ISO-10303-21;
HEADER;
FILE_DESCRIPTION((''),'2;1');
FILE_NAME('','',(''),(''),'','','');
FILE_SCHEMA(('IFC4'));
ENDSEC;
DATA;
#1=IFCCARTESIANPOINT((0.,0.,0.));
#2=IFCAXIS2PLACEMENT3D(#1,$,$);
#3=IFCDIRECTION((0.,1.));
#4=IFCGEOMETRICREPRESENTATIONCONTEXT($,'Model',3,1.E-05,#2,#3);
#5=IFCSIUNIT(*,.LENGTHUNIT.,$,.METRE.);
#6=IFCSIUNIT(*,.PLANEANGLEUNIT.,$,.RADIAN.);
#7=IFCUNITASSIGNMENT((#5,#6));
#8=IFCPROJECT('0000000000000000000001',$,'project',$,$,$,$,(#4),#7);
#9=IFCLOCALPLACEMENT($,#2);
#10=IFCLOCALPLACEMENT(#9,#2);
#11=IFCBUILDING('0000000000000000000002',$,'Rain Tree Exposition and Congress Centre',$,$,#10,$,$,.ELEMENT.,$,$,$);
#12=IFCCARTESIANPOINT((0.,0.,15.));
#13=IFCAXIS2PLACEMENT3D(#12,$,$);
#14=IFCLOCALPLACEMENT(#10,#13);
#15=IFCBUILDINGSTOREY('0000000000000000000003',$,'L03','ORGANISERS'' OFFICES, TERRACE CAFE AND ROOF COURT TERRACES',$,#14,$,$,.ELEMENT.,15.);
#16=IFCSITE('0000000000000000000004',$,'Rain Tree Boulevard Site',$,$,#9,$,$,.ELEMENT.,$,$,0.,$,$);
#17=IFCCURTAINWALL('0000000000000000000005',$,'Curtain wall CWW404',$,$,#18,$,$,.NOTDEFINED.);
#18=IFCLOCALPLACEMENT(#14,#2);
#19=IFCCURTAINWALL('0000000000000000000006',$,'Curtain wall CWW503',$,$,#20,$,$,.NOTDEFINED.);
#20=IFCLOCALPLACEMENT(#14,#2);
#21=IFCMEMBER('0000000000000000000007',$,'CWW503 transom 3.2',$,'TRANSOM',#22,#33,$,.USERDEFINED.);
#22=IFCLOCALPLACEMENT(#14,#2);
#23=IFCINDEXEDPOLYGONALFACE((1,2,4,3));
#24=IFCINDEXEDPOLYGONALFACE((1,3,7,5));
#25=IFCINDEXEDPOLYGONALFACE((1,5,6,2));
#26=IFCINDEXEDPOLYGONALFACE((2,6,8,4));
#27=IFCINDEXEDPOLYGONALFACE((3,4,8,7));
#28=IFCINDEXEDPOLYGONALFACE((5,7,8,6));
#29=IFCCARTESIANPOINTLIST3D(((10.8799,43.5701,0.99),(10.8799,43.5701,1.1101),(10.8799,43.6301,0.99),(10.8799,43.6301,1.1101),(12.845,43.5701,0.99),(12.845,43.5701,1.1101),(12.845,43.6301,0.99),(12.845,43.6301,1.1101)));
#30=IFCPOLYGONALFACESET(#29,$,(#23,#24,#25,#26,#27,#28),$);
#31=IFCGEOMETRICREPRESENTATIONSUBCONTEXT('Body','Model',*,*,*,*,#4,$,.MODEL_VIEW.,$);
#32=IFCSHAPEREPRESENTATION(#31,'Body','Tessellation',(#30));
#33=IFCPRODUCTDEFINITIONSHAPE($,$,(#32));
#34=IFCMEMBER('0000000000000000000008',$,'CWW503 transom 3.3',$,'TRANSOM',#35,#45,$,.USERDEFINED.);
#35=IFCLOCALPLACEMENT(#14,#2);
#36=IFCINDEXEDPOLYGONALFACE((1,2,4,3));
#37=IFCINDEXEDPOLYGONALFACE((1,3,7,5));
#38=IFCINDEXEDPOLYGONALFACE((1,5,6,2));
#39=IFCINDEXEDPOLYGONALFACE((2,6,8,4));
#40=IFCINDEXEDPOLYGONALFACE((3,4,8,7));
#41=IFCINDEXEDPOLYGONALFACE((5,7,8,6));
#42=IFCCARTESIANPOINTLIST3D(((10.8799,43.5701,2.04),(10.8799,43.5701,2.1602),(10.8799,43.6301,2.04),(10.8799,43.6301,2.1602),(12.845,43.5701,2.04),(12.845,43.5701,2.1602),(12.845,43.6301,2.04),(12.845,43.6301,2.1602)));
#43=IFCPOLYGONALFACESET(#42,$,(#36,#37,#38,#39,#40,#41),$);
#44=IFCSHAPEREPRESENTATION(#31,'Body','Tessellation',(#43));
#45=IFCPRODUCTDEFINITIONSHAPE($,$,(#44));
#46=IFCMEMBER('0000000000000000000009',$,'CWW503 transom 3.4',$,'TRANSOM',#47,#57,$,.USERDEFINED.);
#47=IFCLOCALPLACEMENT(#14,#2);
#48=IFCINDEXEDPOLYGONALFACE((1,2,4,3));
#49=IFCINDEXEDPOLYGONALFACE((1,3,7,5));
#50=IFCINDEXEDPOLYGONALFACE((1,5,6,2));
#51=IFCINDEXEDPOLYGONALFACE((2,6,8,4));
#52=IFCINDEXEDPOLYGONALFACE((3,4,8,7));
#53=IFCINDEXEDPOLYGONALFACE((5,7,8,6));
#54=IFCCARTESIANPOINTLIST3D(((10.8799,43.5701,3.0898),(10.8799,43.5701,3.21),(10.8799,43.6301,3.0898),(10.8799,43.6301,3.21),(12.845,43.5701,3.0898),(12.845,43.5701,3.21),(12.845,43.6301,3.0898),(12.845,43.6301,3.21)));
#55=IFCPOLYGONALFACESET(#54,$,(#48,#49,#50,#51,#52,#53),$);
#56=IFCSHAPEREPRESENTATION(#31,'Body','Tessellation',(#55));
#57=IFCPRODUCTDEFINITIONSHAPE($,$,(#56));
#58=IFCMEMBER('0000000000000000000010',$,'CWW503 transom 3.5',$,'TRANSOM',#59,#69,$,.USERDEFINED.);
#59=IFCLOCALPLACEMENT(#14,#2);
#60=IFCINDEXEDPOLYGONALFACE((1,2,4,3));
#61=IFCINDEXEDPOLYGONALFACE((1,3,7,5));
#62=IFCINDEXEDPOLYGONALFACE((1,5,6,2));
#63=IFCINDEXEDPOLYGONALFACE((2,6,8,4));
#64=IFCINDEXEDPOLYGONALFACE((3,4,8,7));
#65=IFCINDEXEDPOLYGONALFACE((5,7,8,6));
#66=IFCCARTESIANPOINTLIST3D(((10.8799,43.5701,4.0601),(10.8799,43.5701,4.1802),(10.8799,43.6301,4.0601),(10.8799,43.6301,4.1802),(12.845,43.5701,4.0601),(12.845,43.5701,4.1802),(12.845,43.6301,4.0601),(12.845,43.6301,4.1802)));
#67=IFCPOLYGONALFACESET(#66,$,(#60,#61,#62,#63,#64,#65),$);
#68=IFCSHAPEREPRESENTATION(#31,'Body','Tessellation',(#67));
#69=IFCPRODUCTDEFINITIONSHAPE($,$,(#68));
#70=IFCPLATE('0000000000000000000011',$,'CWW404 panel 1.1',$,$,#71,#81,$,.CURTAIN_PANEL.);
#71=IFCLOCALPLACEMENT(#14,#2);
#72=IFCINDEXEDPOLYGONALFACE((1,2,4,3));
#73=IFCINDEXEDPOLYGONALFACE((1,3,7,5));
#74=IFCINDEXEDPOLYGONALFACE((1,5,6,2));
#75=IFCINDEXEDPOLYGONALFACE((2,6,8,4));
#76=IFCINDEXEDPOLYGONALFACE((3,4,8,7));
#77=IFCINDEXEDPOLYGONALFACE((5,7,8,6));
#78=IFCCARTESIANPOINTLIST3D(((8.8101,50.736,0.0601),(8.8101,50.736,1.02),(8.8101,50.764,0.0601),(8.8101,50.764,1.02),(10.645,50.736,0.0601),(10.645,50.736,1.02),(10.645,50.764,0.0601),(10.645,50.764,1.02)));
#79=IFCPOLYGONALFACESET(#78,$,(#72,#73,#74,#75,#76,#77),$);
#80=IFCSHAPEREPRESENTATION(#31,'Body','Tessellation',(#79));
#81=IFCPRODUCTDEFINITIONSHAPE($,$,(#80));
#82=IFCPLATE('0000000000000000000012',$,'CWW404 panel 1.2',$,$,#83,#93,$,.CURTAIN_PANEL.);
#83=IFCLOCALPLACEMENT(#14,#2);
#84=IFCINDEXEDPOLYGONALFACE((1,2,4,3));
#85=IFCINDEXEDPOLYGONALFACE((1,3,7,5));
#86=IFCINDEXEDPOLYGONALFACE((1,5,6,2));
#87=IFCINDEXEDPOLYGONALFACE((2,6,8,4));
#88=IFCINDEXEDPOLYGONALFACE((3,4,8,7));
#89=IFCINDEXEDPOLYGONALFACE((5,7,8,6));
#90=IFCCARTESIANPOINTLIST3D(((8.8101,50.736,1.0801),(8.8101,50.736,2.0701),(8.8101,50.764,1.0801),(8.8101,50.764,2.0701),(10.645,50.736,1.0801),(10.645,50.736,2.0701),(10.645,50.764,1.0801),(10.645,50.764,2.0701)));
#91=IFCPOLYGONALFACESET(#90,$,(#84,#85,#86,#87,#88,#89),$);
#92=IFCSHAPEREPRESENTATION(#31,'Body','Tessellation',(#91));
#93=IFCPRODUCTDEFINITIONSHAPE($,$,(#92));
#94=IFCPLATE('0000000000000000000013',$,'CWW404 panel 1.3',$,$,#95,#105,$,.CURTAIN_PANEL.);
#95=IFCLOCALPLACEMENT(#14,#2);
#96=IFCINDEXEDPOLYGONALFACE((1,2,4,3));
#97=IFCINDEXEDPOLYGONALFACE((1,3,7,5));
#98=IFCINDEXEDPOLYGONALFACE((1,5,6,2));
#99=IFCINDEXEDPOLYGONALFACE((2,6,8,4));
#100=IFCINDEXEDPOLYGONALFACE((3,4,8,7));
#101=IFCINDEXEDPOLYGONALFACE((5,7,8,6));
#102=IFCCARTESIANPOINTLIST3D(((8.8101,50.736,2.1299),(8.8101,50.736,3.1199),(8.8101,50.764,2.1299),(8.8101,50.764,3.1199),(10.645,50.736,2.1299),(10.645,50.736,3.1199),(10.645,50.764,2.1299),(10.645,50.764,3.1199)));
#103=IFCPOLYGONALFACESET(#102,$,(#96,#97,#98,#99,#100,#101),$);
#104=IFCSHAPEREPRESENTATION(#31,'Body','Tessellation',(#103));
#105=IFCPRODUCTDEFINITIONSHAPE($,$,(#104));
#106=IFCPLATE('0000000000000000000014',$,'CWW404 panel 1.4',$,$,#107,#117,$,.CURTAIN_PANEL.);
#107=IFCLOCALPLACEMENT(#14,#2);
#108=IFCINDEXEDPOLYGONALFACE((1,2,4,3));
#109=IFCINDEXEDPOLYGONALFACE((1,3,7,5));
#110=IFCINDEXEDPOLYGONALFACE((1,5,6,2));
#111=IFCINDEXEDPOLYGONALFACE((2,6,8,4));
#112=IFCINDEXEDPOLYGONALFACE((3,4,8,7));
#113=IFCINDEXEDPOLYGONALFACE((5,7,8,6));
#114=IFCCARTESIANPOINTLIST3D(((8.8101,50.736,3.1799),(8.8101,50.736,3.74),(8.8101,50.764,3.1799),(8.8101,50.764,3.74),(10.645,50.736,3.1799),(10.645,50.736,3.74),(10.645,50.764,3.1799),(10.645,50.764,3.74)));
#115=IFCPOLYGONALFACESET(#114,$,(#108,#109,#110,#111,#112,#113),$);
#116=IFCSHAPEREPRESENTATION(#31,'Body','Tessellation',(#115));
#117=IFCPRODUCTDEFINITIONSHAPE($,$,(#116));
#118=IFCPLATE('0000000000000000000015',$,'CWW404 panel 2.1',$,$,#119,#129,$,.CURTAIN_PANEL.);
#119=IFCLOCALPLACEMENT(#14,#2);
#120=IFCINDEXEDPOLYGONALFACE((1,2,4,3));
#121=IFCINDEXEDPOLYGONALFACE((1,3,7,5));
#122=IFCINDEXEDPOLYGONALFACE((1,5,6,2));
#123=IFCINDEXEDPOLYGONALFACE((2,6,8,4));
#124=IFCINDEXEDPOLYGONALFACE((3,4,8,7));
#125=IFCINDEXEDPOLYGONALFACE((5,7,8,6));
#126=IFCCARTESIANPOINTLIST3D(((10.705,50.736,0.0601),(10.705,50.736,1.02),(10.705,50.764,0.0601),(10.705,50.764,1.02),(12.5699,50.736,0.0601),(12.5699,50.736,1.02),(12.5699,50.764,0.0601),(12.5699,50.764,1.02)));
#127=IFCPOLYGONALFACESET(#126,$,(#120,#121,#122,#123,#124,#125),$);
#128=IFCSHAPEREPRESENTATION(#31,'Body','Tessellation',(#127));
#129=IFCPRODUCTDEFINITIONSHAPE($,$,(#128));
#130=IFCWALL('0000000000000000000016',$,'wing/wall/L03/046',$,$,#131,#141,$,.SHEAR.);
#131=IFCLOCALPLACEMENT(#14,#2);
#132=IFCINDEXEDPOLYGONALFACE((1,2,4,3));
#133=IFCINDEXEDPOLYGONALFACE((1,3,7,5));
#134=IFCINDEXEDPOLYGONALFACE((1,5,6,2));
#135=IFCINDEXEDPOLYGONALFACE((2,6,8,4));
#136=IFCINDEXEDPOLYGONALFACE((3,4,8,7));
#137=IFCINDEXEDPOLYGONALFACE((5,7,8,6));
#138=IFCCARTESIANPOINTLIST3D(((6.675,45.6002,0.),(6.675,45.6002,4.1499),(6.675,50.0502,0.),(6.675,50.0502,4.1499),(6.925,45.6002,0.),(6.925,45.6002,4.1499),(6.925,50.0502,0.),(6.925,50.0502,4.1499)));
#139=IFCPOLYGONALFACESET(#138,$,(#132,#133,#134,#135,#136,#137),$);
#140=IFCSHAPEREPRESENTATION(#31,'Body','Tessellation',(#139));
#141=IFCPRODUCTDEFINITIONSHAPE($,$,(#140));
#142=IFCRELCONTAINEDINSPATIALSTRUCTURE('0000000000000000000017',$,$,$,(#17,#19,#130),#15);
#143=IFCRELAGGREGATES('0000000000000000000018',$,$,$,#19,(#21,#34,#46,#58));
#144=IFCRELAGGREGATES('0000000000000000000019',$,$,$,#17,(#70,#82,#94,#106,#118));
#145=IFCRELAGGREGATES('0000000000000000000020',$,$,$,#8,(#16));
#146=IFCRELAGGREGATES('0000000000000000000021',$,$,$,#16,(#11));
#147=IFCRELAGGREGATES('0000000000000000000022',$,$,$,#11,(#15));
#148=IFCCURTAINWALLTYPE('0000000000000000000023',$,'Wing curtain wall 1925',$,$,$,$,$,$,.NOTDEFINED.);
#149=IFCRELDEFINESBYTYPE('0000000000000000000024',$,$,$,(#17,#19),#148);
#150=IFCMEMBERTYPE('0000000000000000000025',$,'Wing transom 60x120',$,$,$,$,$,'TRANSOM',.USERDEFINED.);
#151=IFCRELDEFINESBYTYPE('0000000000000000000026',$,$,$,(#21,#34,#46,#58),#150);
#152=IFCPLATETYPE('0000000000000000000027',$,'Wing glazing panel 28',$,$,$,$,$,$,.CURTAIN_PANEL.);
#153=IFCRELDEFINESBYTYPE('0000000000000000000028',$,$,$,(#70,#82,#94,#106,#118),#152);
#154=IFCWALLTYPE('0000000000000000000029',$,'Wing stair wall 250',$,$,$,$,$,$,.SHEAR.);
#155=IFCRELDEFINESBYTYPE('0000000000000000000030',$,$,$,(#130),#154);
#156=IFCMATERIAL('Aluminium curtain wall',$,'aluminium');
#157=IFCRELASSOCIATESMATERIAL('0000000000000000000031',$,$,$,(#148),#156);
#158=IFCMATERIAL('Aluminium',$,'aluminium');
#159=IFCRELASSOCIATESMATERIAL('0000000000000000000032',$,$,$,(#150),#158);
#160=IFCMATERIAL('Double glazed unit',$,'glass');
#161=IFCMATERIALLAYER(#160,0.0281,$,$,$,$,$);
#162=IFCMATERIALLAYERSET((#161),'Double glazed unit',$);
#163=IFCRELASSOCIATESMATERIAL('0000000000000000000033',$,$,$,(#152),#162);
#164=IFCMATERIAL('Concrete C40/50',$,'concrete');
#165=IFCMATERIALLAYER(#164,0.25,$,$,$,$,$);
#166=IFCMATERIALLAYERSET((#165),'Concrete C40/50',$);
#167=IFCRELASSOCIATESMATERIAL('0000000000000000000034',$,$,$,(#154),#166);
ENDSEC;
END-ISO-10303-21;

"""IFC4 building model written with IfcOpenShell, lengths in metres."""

from ifc_helpers import new_model, si_unit, direction, frame, frame_2d, origin, origin_2d, place, context, subcontext, project, spatial, rectangle, extrude, material, layer, layer_set, material_profile, profile_set, type_object, element, aggregate, save


model = new_model("IFC4")

# Units and contexts
model_context = context("Model", 3, precision=1e-05, world=origin(), true_north=direction((0.0, 1.0)))
body_context = subcontext(model_context, "Body", "Model", "MODEL_VIEW")
ifc_project = project(units=[si_unit("LENGTHUNIT", "METRE"), si_unit("PLANEANGLEUNIT", "RADIAN")], contexts=[model_context])

# Site, building, storey
site_placement = place(None, origin())
site = spatial("IfcSite", under=ifc_project, at=site_placement, Name="Rain Tree Boulevard Site", CompositionType="ELEMENT", RefElevation=0.0)
building_placement = place(site_placement, origin())
building = spatial("IfcBuilding", under=site, at=building_placement, Name="Rain Tree Exposition and Congress Centre", CompositionType="ELEMENT")
storey_placement = place(building_placement, frame((0.0, 0.0, 15.0)))
storey = spatial("IfcBuildingStorey", under=building, at=storey_placement, Name="L03", Description="ORGANISERS' OFFICES, TERRACE CAFE AND ROOF COURT TERRACES", CompositionType="ELEMENT", Elevation=15.0)

# Curtain walls, members
ifc_material_1 = material(Name="Aluminium curtain wall", Category="aluminium")
curtain_wall_type = type_object("IfcCurtainWallType", Name="Wing curtain wall 1925", PredefinedType="NOTDEFINED", material=ifc_material_1)
curtain_wall_1_placement = place(storey_placement, origin())
curtain_wall_1 = element("IfcCurtainWall", 1, at=curtain_wall_1_placement, inside=storey, type_object=curtain_wall_type, Name="Curtain wall CWW404", PredefinedType="NOTDEFINED")
ifc_material_2 = material(Name="Aluminium", Category="aluminium")
ifc_material_profile_1 = material_profile(ifc_material_2, rectangle(XDim=0.0601, YDim=0.1201, at=origin_2d()), Name="Aluminium 60x120")
ifc_profile_set_1 = profile_set([ifc_material_profile_1], Name="Aluminium")
member_type_1 = type_object("IfcMemberType", Name="Wing transom 60x120", ElementType="TRANSOM", PredefinedType="USERDEFINED", material=ifc_profile_set_1)
curtain_wall_2_placement = place(storey_placement, origin())
curtain_wall_2 = element("IfcCurtainWall", 2, at=curtain_wall_2_placement, inside=storey, type_object=curtain_wall_type, Name="Curtain wall CWW503", PredefinedType="NOTDEFINED")
member_1_placement = place(storey_placement, frame((10.8799, 43.6001, 1.05), z_axis=(1.0, 0.0, 0.0), x_axis=(0.0, 1.0, 0.0)))
member_1 = element("IfcMember", 3, at=member_1_placement, type_object=member_type_1, Name="CWW503 transom 3.2", ObjectType="TRANSOM", PredefinedType="USERDEFINED", context=body_context, shape_type="SweptSolid", body=[
    extrude(rectangle(XDim=0.0601, YDim=0.1201, at=origin_2d()), origin(), (0.0, 0.0, 1.0), 1.9651),
])
member_2_placement = place(storey_placement, frame((10.8799, 43.6001, 2.1001), z_axis=(1.0, 0.0, 0.0), x_axis=(0.0, 1.0, 0.0)))
member_2 = element("IfcMember", 4, at=member_2_placement, type_object=member_type_1, Name="CWW503 transom 3.3", ObjectType="TRANSOM", PredefinedType="USERDEFINED", context=body_context, shape_type="SweptSolid", body=[
    extrude(rectangle(XDim=0.0601, YDim=0.1201, at=origin_2d()), origin(), (0.0, 0.0, 1.0), 1.9651),
])
member_3_placement = place(storey_placement, frame((10.8799, 43.6001, 3.1499), z_axis=(1.0, 0.0, 0.0), x_axis=(0.0, 1.0, 0.0)))
member_3 = element("IfcMember", 5, at=member_3_placement, type_object=member_type_1, Name="CWW503 transom 3.4", ObjectType="TRANSOM", PredefinedType="USERDEFINED", context=body_context, shape_type="SweptSolid", body=[
    extrude(rectangle(XDim=0.0601, YDim=0.1201, at=origin_2d()), origin(), (0.0, 0.0, 1.0), 1.9651),
])
member_4_placement = place(storey_placement, frame((10.8799, 43.6001, 4.1201), z_axis=(1.0, 0.0, 0.0), x_axis=(0.0, 1.0, 0.0)))
member_4 = element("IfcMember", 6, at=member_4_placement, type_object=member_type_1, Name="CWW503 transom 3.5", ObjectType="TRANSOM", PredefinedType="USERDEFINED", context=body_context, shape_type="SweptSolid", body=[
    extrude(rectangle(XDim=0.0601, YDim=0.1201, at=origin_2d()), origin(), (0.0, 0.0, 1.0), 1.9651),
])
aggregate(curtain_wall_2, [member_1, member_2, member_3, member_4])

# Plates
ifc_material_3 = material(Name="Double glazed unit", Category="glass")
ifc_layer_1 = layer(ifc_material_3, 0.0281)
ifc_layer_set_1 = layer_set([ifc_layer_1], Name="Double glazed unit")
plate_type = type_object("IfcPlateType", Name="Wing glazing panel 28", PredefinedType="CURTAIN_PANEL", material=ifc_layer_set_1)
plate_1_placement = place(storey_placement, frame((9.7275, 50.75, 0.0601), z_axis=(0.0, 0.0, 1.0), x_axis=(1.0, 0.0, 0.0)))
plate_1 = element("IfcPlate", 7, at=plate_1_placement, type_object=plate_type, Name="CWW404 panel 1.1", PredefinedType="CURTAIN_PANEL", context=body_context, shape_type="SweptSolid", body=[
    extrude(rectangle(XDim=1.835, YDim=0.0281, at=origin_2d()), origin(), (0.0, 0.0, 1.0), 0.96),
])
plate_2_placement = place(storey_placement, frame((9.7275, 50.75, 1.0801), z_axis=(0.0, 0.0, 1.0), x_axis=(1.0, 0.0, 0.0)))
plate_2 = element("IfcPlate", 8, at=plate_2_placement, type_object=plate_type, Name="CWW404 panel 1.2", PredefinedType="CURTAIN_PANEL", context=body_context, shape_type="SweptSolid", body=[
    extrude(rectangle(XDim=1.835, YDim=0.0281, at=origin_2d()), origin(), (0.0, 0.0, 1.0), 0.99),
])
plate_3_placement = place(storey_placement, frame((9.7275, 50.75, 2.1299), z_axis=(0.0, 0.0, 1.0), x_axis=(1.0, 0.0, 0.0)))
plate_3 = element("IfcPlate", 9, at=plate_3_placement, type_object=plate_type, Name="CWW404 panel 1.3", PredefinedType="CURTAIN_PANEL", context=body_context, shape_type="SweptSolid", body=[
    extrude(rectangle(XDim=1.835, YDim=0.0281, at=origin_2d()), origin(), (0.0, 0.0, 1.0), 0.99),
])
plate_4_placement = place(storey_placement, frame((9.7275, 50.75, 3.1799), z_axis=(0.0, 0.0, 1.0), x_axis=(1.0, 0.0, 0.0)))
plate_4 = element("IfcPlate", 10, at=plate_4_placement, type_object=plate_type, Name="CWW404 panel 1.4", PredefinedType="CURTAIN_PANEL", context=body_context, shape_type="SweptSolid", body=[
    extrude(rectangle(XDim=1.835, YDim=0.0281, at=origin_2d()), origin(), (0.0, 0.0, 1.0), 0.5601),
])
plate_5_placement = place(storey_placement, frame((11.6375, 50.75, 0.0601), z_axis=(0.0, 0.0, 1.0), x_axis=(1.0, 0.0, 0.0)))
plate_5 = element("IfcPlate", 11, at=plate_5_placement, type_object=plate_type, Name="CWW404 panel 2.1", PredefinedType="CURTAIN_PANEL", context=body_context, shape_type="SweptSolid", body=[
    extrude(rectangle(XDim=1.865, YDim=0.0281, at=origin_2d()), origin(), (0.0, 0.0, 1.0), 0.96),
])
aggregate(curtain_wall_1, [plate_1, plate_2, plate_3, plate_4, plate_5])

# Wall
ifc_material_4 = material(Name="Concrete C40/50", Category="concrete")
ifc_layer_2 = layer(ifc_material_4, 0.25)
ifc_layer_set_2 = layer_set([ifc_layer_2], Name="Concrete C40/50")
wall_type_1 = type_object("IfcWallType", Name="Wing stair wall 250", PredefinedType="SHEAR", material=ifc_layer_set_2)
wall_1_placement = place(storey_placement, frame((6.8, 45.6001, 0.0), z_axis=(0.0, 0.0, 1.0), x_axis=(0.0, 1.0, 0.0)))
element("IfcWall", 12, at=wall_1_placement, inside=storey, type_object=wall_type_1, Name="wing/wall/L03/046", PredefinedType="SHEAR", context=body_context, shape_type="SweptSolid", body=[
    extrude(rectangle(XDim=4.45, YDim=0.25, at=frame_2d((2.2251, 0.0))), origin(), (0.0, 0.0, 1.0), 4.1499),
])

save(model, "model.ifc")
